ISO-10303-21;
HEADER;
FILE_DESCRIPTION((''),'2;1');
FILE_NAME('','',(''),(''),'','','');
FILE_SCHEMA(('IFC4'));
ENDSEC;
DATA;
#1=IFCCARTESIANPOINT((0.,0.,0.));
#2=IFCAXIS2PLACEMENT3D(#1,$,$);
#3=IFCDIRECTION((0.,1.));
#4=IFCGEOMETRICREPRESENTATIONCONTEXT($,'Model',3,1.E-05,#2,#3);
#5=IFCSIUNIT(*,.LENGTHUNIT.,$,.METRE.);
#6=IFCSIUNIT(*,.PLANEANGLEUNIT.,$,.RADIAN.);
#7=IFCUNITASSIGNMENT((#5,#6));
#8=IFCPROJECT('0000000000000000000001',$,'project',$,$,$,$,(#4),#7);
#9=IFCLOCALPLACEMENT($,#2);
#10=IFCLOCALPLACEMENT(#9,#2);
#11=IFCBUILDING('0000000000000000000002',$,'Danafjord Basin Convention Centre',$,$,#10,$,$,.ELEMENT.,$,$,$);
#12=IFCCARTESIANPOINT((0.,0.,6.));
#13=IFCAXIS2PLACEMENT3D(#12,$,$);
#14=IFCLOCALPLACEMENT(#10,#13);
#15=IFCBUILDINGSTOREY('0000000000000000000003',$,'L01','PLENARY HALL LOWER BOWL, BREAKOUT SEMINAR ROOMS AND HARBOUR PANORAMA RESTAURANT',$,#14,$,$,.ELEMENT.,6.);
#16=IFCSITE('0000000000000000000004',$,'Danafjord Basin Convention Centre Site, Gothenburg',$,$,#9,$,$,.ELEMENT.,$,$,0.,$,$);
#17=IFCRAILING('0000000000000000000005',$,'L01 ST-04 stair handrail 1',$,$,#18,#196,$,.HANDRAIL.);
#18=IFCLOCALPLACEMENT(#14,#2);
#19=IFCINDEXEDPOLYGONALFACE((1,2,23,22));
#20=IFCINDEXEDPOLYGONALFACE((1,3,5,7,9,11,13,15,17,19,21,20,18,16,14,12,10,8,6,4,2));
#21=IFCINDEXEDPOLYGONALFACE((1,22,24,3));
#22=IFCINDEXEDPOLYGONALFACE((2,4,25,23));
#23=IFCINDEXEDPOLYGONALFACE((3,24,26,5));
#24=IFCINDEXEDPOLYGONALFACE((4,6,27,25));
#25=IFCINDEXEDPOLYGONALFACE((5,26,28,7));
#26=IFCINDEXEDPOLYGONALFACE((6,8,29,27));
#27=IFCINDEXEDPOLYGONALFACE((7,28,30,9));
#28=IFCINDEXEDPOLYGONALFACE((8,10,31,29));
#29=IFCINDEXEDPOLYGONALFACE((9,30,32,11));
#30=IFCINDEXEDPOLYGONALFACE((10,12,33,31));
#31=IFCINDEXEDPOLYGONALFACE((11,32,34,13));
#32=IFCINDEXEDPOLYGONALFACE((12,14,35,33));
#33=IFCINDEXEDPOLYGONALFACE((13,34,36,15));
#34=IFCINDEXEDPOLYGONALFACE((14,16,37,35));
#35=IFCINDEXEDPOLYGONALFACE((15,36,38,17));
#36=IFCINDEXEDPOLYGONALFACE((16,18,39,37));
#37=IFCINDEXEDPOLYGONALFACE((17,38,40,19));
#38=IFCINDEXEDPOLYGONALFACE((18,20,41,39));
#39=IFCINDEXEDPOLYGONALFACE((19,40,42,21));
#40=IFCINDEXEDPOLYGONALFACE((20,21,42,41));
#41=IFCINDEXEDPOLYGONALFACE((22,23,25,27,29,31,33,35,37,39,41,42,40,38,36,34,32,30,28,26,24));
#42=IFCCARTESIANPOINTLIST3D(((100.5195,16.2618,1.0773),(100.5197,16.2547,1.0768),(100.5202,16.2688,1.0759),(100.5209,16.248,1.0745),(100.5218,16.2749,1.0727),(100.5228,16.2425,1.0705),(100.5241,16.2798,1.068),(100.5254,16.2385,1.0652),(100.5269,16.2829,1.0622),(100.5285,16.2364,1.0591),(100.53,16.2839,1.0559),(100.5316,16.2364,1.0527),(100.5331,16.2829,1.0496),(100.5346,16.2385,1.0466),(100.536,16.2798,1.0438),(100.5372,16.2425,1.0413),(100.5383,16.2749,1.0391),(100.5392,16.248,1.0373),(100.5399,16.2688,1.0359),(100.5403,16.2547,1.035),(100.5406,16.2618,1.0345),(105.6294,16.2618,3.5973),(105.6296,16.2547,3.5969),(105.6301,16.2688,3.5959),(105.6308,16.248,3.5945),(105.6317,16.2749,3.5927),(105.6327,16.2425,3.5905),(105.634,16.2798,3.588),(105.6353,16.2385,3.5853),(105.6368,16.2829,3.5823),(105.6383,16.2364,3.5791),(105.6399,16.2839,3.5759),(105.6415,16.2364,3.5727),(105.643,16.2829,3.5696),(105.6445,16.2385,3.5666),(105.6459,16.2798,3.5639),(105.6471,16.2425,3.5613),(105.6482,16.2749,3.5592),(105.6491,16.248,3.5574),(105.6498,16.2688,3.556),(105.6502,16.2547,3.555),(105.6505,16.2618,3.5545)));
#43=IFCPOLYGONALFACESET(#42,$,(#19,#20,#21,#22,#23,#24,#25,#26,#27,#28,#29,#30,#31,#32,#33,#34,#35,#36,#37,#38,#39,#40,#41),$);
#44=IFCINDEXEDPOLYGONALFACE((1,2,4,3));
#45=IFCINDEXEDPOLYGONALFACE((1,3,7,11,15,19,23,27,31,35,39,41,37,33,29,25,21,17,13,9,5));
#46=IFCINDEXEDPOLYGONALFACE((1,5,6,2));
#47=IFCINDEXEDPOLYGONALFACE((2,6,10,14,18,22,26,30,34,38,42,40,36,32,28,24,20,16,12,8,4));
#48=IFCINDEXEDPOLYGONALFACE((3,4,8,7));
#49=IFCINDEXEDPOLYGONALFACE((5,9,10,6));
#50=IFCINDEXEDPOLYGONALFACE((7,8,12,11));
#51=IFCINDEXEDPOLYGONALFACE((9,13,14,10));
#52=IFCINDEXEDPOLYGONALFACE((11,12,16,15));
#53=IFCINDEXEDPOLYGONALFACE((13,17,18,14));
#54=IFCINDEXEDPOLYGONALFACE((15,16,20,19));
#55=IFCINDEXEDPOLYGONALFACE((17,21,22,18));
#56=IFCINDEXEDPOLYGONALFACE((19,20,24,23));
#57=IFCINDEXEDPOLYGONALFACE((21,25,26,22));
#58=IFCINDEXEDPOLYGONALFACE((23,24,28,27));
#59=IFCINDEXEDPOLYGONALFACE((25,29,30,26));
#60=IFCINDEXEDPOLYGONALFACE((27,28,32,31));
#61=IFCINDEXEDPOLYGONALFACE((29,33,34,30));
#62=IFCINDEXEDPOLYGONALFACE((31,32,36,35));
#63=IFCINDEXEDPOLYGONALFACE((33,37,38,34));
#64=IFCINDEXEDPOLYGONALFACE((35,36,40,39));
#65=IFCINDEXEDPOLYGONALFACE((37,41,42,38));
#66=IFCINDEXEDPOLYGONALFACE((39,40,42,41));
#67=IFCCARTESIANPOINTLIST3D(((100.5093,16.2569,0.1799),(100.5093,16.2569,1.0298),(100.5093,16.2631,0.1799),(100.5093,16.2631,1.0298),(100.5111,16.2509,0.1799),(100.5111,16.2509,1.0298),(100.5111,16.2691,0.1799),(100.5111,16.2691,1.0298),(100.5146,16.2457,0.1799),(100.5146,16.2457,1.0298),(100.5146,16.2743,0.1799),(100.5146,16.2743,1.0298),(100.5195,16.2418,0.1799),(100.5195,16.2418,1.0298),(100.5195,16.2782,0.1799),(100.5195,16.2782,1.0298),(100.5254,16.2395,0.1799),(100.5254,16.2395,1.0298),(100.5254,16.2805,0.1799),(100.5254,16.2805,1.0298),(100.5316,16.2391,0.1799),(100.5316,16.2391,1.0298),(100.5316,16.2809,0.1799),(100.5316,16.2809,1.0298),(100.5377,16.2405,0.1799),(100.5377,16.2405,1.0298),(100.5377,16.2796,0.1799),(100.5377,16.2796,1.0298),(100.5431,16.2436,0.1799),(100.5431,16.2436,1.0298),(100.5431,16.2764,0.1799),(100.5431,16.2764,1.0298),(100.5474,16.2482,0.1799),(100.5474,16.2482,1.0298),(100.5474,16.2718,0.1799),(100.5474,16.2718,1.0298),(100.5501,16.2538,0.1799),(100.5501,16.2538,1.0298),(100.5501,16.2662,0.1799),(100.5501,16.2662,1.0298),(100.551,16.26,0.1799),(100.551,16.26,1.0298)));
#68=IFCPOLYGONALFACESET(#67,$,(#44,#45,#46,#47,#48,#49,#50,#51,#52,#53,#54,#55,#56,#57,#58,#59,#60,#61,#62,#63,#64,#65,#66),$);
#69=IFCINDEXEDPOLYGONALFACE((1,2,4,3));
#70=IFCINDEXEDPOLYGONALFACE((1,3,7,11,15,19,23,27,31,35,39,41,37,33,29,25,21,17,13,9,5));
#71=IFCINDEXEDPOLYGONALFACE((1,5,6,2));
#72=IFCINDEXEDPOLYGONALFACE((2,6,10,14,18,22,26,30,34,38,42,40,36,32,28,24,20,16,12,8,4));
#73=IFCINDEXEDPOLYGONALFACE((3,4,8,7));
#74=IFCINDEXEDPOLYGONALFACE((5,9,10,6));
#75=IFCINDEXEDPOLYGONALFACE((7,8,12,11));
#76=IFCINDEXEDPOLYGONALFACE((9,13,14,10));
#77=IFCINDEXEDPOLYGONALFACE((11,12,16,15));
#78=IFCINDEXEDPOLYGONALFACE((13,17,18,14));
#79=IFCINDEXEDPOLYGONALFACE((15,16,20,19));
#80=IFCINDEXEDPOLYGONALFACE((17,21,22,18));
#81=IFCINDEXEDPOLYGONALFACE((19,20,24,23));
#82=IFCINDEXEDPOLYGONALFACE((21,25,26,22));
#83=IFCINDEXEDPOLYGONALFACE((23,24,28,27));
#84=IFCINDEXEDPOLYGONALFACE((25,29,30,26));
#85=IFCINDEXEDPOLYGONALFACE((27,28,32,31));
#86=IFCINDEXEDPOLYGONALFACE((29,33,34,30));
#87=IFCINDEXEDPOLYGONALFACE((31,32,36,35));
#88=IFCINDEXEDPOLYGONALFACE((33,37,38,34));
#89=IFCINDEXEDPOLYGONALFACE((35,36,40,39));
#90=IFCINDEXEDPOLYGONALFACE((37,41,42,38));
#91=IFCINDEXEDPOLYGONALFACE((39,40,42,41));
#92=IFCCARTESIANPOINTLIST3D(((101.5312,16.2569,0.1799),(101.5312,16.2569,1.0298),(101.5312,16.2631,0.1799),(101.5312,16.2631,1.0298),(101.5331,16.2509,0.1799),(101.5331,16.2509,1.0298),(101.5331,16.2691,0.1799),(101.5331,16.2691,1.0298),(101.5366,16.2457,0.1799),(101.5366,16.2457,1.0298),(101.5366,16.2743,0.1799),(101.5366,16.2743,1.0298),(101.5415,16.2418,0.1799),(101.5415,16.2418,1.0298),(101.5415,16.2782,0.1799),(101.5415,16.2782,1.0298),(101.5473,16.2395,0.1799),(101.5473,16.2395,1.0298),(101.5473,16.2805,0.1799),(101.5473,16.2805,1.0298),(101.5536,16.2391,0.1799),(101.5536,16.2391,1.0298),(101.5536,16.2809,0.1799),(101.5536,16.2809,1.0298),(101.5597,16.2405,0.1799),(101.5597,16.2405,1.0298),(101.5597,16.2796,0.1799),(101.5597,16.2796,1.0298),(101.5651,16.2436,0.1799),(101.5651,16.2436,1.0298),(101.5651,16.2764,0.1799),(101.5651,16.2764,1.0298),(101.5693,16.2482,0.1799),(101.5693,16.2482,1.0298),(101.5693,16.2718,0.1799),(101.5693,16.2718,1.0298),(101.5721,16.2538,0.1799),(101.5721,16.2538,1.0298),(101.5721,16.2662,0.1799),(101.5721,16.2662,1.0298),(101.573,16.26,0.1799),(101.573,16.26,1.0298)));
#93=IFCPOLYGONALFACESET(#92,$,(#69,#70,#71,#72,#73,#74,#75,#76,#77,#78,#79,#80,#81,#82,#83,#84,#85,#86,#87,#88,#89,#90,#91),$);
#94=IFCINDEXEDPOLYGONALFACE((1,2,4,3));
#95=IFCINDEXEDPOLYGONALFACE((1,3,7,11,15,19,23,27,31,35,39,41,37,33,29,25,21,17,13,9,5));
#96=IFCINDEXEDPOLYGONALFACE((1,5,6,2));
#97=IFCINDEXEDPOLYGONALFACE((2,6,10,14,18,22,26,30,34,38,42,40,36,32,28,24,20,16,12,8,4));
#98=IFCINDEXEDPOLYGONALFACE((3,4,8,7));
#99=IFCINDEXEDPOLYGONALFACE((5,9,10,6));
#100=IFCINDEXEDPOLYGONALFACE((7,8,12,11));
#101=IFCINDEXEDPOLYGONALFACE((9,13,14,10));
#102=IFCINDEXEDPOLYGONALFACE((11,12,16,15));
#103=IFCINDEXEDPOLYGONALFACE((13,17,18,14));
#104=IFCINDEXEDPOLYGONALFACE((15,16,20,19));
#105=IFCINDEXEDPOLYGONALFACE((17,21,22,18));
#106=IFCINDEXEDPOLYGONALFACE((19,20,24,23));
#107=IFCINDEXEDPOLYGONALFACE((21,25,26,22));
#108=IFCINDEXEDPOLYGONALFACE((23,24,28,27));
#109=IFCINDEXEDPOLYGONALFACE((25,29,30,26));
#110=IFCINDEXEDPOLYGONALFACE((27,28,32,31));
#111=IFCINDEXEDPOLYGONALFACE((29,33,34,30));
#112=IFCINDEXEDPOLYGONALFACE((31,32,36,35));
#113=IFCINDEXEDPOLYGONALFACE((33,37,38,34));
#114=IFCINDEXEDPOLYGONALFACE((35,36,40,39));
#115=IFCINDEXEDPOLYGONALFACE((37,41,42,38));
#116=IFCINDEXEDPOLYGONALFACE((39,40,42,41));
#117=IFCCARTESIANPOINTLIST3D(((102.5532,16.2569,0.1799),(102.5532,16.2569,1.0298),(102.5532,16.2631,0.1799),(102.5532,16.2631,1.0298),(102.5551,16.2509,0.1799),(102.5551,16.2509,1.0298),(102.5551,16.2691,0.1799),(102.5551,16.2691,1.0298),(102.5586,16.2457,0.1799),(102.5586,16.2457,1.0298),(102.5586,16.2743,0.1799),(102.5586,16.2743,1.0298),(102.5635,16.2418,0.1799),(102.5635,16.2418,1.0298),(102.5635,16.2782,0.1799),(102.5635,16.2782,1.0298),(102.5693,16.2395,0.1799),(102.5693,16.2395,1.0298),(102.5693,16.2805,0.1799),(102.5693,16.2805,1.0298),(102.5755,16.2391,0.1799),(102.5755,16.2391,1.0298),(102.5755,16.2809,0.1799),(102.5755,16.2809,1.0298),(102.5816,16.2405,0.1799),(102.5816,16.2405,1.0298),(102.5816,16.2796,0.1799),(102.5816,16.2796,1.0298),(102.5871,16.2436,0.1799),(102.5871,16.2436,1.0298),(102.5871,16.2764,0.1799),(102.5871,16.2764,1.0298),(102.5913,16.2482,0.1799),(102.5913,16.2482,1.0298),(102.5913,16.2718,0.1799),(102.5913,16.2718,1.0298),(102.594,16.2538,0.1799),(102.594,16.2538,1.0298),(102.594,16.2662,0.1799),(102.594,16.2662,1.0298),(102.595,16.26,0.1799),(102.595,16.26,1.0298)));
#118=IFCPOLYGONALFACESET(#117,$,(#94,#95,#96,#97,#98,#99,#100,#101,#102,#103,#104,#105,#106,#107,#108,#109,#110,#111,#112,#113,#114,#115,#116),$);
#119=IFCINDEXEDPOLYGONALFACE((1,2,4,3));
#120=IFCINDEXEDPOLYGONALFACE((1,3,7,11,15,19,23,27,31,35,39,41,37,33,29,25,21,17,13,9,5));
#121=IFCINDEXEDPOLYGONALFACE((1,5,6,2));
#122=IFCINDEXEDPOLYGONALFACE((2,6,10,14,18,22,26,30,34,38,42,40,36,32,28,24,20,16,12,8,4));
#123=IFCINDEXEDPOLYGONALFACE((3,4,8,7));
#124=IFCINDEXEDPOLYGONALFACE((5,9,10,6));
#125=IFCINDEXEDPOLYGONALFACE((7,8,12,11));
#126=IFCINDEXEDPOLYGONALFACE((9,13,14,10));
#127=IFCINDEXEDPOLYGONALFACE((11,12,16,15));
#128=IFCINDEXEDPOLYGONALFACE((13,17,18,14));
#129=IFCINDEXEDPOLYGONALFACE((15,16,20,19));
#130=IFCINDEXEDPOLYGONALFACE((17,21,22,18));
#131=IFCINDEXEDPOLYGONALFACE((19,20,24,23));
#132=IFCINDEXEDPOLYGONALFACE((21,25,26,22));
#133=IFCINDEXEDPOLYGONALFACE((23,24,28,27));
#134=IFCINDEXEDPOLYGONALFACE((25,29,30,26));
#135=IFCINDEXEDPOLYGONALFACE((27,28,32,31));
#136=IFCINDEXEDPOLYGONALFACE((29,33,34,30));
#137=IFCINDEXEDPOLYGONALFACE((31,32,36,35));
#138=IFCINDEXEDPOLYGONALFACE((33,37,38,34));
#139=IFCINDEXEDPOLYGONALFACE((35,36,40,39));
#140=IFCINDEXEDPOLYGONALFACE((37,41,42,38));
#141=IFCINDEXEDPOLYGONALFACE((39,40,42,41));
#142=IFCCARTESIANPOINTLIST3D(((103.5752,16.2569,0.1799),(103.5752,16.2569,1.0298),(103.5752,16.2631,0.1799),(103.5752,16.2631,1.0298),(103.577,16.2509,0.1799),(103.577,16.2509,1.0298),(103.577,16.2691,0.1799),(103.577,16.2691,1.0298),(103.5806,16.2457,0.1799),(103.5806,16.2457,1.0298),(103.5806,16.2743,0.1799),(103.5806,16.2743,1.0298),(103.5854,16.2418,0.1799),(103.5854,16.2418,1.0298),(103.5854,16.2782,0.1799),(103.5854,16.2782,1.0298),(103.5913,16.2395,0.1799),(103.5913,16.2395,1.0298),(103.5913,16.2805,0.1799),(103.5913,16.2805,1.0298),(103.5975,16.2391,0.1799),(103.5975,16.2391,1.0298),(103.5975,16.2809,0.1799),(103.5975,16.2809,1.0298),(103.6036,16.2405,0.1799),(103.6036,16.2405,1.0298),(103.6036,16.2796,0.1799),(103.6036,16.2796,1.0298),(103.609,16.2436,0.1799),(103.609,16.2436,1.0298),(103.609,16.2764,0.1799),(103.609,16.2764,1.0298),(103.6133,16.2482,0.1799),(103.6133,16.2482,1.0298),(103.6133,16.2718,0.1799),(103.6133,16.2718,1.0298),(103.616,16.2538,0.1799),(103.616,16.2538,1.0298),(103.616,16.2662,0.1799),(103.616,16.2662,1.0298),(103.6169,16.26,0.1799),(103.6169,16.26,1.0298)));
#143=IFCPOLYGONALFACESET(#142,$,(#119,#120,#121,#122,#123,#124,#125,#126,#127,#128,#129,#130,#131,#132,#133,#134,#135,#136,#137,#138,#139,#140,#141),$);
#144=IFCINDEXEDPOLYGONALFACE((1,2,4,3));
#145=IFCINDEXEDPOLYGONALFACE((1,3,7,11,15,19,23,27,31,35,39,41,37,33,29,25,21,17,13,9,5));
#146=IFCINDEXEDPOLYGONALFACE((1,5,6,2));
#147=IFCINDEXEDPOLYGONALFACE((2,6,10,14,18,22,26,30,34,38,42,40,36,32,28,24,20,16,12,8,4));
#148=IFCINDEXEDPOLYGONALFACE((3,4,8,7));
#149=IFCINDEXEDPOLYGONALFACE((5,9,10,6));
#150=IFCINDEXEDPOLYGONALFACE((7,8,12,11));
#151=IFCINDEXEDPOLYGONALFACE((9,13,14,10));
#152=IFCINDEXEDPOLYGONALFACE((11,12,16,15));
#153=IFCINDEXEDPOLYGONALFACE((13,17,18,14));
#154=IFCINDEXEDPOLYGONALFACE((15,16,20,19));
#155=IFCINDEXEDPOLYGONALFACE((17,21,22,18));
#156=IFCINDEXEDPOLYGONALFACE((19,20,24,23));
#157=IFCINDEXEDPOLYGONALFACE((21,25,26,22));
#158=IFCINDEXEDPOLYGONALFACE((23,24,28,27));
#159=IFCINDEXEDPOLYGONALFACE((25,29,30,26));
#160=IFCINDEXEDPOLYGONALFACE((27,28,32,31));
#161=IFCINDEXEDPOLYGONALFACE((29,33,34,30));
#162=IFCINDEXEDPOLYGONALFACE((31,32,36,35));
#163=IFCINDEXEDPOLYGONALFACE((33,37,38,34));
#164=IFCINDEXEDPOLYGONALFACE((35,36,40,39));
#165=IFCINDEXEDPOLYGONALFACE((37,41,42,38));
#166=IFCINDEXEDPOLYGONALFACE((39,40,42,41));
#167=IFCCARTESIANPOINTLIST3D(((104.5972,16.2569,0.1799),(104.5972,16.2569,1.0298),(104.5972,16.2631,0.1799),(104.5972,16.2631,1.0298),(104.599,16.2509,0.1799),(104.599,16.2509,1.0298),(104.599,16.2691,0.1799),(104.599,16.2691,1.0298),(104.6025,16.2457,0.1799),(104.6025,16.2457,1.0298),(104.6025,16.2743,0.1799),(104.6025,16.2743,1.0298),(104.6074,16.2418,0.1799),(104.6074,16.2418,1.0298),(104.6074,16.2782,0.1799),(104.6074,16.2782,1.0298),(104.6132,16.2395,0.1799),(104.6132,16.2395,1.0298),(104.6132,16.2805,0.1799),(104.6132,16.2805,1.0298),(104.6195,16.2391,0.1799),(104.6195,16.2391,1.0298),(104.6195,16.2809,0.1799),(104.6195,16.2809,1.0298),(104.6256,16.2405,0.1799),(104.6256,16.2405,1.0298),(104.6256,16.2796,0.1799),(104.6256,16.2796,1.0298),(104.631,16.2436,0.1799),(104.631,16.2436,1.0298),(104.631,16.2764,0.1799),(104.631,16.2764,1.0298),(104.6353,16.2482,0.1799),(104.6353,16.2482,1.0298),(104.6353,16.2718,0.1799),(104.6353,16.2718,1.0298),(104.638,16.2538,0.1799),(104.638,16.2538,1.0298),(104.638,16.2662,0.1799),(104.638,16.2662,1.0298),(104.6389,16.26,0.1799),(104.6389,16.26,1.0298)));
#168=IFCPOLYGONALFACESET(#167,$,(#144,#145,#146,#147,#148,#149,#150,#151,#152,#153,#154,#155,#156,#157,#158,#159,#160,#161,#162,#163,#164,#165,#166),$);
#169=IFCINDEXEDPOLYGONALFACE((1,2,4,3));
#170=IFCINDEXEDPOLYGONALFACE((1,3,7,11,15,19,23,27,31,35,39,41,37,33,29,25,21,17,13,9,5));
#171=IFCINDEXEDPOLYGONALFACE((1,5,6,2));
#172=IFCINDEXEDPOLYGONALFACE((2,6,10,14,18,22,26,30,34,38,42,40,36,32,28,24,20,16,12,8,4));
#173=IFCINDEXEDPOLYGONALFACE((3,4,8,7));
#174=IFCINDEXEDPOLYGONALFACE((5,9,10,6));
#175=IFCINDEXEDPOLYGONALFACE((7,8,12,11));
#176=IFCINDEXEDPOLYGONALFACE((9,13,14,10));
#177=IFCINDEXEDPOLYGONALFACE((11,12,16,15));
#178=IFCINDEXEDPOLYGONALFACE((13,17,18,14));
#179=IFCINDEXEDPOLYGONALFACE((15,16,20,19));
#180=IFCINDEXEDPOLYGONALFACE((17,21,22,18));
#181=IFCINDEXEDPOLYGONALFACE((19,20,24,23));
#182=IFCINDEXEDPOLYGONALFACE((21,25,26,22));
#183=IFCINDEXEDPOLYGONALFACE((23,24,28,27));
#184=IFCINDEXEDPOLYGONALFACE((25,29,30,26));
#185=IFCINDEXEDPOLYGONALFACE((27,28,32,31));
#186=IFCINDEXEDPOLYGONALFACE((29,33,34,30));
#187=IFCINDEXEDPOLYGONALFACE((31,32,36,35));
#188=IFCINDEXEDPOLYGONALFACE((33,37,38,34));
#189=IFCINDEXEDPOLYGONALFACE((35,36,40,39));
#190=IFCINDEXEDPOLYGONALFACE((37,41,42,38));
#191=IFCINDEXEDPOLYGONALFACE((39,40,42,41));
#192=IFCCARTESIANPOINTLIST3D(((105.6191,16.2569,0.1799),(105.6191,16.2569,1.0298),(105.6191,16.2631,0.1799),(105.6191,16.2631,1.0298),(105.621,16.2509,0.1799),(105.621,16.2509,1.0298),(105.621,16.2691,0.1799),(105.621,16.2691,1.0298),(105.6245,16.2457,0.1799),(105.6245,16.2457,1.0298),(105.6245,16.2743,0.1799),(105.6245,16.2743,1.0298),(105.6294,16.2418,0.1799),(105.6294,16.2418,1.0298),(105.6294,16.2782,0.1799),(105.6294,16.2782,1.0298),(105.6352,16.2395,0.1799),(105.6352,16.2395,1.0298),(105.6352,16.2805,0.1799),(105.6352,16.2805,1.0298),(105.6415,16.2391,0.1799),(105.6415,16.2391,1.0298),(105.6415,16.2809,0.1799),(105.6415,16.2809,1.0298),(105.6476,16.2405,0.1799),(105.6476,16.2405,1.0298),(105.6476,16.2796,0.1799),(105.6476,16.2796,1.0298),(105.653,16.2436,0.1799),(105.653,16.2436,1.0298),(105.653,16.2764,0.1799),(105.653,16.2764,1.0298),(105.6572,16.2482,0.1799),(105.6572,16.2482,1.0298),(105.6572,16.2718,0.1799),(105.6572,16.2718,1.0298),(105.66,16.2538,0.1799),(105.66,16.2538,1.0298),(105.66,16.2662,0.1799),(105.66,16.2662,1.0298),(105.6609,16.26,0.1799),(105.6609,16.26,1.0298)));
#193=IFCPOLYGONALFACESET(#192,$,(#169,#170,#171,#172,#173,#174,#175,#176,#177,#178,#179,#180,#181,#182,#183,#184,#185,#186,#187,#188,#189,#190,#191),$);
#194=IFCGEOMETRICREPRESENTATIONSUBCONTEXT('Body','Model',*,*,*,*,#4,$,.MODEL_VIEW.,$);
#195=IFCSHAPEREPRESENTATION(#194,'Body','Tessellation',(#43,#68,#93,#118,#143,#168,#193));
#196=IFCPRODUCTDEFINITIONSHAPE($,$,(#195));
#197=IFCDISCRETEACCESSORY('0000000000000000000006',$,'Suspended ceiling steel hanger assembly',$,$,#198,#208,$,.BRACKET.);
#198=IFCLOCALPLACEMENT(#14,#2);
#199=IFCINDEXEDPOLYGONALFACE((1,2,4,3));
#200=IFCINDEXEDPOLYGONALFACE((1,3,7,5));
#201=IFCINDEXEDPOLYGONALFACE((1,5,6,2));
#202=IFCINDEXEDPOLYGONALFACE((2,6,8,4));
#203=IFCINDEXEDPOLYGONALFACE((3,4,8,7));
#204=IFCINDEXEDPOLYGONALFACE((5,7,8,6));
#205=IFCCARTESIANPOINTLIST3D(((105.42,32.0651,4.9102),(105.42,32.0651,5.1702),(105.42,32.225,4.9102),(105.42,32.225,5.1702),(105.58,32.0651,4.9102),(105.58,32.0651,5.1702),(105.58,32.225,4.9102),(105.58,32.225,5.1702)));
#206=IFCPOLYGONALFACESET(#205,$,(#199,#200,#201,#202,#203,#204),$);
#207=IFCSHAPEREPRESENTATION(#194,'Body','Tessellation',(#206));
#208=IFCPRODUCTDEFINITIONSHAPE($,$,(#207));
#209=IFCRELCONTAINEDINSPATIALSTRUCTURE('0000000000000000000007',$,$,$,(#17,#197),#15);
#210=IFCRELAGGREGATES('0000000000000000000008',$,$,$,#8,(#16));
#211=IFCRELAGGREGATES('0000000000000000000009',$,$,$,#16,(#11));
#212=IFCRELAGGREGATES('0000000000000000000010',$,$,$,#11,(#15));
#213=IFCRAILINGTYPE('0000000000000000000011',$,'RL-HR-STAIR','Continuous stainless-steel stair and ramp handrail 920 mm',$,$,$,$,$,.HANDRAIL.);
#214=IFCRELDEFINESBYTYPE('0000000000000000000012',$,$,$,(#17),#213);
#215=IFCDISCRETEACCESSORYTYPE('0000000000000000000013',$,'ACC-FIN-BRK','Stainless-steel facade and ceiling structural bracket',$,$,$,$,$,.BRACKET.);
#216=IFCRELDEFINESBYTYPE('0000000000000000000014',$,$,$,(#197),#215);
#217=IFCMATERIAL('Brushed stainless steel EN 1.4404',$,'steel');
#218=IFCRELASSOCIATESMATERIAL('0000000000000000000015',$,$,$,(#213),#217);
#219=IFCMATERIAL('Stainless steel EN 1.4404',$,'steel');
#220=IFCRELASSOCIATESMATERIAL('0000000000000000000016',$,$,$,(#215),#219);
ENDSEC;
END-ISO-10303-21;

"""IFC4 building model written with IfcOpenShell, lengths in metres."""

from ifc_helpers import new_model, si_unit, direction, frame, origin, origin_2d, place, context, subcontext, project, spatial, rectangle, circle, extrude, material, type_object, element, save


model = new_model("IFC4")

# Units and contexts
model_context = context("Model", 3, precision=1e-05, world=origin(), true_north=direction((0.0, 1.0)))
body_context = subcontext(model_context, "Body", "Model", "MODEL_VIEW")
ifc_project = project(units=[si_unit("LENGTHUNIT", "METRE"), si_unit("PLANEANGLEUNIT", "RADIAN")], contexts=[model_context])

# Site, building, storey
site_placement = place(None, origin())
site = spatial("IfcSite", under=ifc_project, at=site_placement, Name="Danafjord Basin Convention Centre Site, Gothenburg", CompositionType="ELEMENT", RefElevation=0.0)
building_placement = place(site_placement, origin())
building = spatial("IfcBuilding", under=site, at=building_placement, Name="Danafjord Basin Convention Centre", CompositionType="ELEMENT")
storey_placement = place(building_placement, frame((0.0, 0.0, 6.0)))
storey = spatial("IfcBuildingStorey", under=building, at=storey_placement, Name="L01", Description="PLENARY HALL LOWER BOWL, BREAKOUT SEMINAR ROOMS AND HARBOUR PANORAMA RESTAURANT", CompositionType="ELEMENT", Elevation=6.0)

# Railing
ifc_material_1 = material(Name="Brushed stainless steel EN 1.4404", Category="steel")
railing_type_1 = type_object("IfcRailingType", Name="RL-HR-STAIR", Description="Continuous stainless-steel stair and ramp handrail 920 mm", PredefinedType="HANDRAIL", material=ifc_material_1)
railing_1_placement = place(storey_placement, frame((100.53, 16.26, 0.1799)))
element("IfcRailing", 1, at=railing_1_placement, inside=storey, type_object=railing_type_1, Name="L01 ST-04 stair handrail 1", PredefinedType="HANDRAIL", context=body_context, shape_type="SweptSolid", body=[
    extrude(circle(Radius=0.0239, at=origin_2d()), frame((0.0, 0.0, 0.876), z_axis=(0.896865, 0.0, 0.442305), x_axis=(0.0, 1.0, 0.0)), (0.0, 0.0, 1.0), 5.6975),
    extrude(circle(Radius=0.021, at=origin_2d()), origin(), (0.0, 0.0, 1.0), 0.8499),
    extrude(circle(Radius=0.021, at=origin_2d()), frame((1.022, 0.0, 0.0)), (0.0, 0.0, 1.0), 0.8499),
    extrude(circle(Radius=0.021, at=origin_2d()), frame((2.0439, 0.0, 0.0)), (0.0, 0.0, 1.0), 0.8499),
    extrude(circle(Radius=0.021, at=origin_2d()), frame((3.0659, 0.0, 0.0)), (0.0, 0.0, 1.0), 0.8499),
    extrude(circle(Radius=0.021, at=origin_2d()), frame((4.0879, 0.0, 0.0)), (0.0, 0.0, 1.0), 0.8499),
    extrude(circle(Radius=0.021, at=origin_2d()), frame((5.1099, 0.0, 0.0)), (0.0, 0.0, 1.0), 0.8499),
])

# Discrete accessory
ifc_material_2 = material(Name="Stainless steel EN 1.4404", Category="steel")
discrete_accessory_type_1 = type_object("IfcDiscreteAccessoryType", Name="ACC-FIN-BRK", Description="Stainless-steel facade and ceiling structural bracket", PredefinedType="BRACKET", material=ifc_material_2)
discrete_accessory_1_placement = place(storey_placement, frame((105.5, 32.145, 4.9102), z_axis=(0.0, 0.0, 1.0), x_axis=(1.0, 0.0, 0.0)))
element("IfcDiscreteAccessory", 2, at=discrete_accessory_1_placement, inside=storey, type_object=discrete_accessory_type_1, Name="Suspended ceiling steel hanger assembly", PredefinedType="BRACKET", context=body_context, shape_type="SweptSolid", body=[
    extrude(rectangle(XDim=0.1599, YDim=0.1599, at=origin_2d()), origin(), (0.0, 0.0, 1.0), 0.26),
])

save(model, "model.ifc")
